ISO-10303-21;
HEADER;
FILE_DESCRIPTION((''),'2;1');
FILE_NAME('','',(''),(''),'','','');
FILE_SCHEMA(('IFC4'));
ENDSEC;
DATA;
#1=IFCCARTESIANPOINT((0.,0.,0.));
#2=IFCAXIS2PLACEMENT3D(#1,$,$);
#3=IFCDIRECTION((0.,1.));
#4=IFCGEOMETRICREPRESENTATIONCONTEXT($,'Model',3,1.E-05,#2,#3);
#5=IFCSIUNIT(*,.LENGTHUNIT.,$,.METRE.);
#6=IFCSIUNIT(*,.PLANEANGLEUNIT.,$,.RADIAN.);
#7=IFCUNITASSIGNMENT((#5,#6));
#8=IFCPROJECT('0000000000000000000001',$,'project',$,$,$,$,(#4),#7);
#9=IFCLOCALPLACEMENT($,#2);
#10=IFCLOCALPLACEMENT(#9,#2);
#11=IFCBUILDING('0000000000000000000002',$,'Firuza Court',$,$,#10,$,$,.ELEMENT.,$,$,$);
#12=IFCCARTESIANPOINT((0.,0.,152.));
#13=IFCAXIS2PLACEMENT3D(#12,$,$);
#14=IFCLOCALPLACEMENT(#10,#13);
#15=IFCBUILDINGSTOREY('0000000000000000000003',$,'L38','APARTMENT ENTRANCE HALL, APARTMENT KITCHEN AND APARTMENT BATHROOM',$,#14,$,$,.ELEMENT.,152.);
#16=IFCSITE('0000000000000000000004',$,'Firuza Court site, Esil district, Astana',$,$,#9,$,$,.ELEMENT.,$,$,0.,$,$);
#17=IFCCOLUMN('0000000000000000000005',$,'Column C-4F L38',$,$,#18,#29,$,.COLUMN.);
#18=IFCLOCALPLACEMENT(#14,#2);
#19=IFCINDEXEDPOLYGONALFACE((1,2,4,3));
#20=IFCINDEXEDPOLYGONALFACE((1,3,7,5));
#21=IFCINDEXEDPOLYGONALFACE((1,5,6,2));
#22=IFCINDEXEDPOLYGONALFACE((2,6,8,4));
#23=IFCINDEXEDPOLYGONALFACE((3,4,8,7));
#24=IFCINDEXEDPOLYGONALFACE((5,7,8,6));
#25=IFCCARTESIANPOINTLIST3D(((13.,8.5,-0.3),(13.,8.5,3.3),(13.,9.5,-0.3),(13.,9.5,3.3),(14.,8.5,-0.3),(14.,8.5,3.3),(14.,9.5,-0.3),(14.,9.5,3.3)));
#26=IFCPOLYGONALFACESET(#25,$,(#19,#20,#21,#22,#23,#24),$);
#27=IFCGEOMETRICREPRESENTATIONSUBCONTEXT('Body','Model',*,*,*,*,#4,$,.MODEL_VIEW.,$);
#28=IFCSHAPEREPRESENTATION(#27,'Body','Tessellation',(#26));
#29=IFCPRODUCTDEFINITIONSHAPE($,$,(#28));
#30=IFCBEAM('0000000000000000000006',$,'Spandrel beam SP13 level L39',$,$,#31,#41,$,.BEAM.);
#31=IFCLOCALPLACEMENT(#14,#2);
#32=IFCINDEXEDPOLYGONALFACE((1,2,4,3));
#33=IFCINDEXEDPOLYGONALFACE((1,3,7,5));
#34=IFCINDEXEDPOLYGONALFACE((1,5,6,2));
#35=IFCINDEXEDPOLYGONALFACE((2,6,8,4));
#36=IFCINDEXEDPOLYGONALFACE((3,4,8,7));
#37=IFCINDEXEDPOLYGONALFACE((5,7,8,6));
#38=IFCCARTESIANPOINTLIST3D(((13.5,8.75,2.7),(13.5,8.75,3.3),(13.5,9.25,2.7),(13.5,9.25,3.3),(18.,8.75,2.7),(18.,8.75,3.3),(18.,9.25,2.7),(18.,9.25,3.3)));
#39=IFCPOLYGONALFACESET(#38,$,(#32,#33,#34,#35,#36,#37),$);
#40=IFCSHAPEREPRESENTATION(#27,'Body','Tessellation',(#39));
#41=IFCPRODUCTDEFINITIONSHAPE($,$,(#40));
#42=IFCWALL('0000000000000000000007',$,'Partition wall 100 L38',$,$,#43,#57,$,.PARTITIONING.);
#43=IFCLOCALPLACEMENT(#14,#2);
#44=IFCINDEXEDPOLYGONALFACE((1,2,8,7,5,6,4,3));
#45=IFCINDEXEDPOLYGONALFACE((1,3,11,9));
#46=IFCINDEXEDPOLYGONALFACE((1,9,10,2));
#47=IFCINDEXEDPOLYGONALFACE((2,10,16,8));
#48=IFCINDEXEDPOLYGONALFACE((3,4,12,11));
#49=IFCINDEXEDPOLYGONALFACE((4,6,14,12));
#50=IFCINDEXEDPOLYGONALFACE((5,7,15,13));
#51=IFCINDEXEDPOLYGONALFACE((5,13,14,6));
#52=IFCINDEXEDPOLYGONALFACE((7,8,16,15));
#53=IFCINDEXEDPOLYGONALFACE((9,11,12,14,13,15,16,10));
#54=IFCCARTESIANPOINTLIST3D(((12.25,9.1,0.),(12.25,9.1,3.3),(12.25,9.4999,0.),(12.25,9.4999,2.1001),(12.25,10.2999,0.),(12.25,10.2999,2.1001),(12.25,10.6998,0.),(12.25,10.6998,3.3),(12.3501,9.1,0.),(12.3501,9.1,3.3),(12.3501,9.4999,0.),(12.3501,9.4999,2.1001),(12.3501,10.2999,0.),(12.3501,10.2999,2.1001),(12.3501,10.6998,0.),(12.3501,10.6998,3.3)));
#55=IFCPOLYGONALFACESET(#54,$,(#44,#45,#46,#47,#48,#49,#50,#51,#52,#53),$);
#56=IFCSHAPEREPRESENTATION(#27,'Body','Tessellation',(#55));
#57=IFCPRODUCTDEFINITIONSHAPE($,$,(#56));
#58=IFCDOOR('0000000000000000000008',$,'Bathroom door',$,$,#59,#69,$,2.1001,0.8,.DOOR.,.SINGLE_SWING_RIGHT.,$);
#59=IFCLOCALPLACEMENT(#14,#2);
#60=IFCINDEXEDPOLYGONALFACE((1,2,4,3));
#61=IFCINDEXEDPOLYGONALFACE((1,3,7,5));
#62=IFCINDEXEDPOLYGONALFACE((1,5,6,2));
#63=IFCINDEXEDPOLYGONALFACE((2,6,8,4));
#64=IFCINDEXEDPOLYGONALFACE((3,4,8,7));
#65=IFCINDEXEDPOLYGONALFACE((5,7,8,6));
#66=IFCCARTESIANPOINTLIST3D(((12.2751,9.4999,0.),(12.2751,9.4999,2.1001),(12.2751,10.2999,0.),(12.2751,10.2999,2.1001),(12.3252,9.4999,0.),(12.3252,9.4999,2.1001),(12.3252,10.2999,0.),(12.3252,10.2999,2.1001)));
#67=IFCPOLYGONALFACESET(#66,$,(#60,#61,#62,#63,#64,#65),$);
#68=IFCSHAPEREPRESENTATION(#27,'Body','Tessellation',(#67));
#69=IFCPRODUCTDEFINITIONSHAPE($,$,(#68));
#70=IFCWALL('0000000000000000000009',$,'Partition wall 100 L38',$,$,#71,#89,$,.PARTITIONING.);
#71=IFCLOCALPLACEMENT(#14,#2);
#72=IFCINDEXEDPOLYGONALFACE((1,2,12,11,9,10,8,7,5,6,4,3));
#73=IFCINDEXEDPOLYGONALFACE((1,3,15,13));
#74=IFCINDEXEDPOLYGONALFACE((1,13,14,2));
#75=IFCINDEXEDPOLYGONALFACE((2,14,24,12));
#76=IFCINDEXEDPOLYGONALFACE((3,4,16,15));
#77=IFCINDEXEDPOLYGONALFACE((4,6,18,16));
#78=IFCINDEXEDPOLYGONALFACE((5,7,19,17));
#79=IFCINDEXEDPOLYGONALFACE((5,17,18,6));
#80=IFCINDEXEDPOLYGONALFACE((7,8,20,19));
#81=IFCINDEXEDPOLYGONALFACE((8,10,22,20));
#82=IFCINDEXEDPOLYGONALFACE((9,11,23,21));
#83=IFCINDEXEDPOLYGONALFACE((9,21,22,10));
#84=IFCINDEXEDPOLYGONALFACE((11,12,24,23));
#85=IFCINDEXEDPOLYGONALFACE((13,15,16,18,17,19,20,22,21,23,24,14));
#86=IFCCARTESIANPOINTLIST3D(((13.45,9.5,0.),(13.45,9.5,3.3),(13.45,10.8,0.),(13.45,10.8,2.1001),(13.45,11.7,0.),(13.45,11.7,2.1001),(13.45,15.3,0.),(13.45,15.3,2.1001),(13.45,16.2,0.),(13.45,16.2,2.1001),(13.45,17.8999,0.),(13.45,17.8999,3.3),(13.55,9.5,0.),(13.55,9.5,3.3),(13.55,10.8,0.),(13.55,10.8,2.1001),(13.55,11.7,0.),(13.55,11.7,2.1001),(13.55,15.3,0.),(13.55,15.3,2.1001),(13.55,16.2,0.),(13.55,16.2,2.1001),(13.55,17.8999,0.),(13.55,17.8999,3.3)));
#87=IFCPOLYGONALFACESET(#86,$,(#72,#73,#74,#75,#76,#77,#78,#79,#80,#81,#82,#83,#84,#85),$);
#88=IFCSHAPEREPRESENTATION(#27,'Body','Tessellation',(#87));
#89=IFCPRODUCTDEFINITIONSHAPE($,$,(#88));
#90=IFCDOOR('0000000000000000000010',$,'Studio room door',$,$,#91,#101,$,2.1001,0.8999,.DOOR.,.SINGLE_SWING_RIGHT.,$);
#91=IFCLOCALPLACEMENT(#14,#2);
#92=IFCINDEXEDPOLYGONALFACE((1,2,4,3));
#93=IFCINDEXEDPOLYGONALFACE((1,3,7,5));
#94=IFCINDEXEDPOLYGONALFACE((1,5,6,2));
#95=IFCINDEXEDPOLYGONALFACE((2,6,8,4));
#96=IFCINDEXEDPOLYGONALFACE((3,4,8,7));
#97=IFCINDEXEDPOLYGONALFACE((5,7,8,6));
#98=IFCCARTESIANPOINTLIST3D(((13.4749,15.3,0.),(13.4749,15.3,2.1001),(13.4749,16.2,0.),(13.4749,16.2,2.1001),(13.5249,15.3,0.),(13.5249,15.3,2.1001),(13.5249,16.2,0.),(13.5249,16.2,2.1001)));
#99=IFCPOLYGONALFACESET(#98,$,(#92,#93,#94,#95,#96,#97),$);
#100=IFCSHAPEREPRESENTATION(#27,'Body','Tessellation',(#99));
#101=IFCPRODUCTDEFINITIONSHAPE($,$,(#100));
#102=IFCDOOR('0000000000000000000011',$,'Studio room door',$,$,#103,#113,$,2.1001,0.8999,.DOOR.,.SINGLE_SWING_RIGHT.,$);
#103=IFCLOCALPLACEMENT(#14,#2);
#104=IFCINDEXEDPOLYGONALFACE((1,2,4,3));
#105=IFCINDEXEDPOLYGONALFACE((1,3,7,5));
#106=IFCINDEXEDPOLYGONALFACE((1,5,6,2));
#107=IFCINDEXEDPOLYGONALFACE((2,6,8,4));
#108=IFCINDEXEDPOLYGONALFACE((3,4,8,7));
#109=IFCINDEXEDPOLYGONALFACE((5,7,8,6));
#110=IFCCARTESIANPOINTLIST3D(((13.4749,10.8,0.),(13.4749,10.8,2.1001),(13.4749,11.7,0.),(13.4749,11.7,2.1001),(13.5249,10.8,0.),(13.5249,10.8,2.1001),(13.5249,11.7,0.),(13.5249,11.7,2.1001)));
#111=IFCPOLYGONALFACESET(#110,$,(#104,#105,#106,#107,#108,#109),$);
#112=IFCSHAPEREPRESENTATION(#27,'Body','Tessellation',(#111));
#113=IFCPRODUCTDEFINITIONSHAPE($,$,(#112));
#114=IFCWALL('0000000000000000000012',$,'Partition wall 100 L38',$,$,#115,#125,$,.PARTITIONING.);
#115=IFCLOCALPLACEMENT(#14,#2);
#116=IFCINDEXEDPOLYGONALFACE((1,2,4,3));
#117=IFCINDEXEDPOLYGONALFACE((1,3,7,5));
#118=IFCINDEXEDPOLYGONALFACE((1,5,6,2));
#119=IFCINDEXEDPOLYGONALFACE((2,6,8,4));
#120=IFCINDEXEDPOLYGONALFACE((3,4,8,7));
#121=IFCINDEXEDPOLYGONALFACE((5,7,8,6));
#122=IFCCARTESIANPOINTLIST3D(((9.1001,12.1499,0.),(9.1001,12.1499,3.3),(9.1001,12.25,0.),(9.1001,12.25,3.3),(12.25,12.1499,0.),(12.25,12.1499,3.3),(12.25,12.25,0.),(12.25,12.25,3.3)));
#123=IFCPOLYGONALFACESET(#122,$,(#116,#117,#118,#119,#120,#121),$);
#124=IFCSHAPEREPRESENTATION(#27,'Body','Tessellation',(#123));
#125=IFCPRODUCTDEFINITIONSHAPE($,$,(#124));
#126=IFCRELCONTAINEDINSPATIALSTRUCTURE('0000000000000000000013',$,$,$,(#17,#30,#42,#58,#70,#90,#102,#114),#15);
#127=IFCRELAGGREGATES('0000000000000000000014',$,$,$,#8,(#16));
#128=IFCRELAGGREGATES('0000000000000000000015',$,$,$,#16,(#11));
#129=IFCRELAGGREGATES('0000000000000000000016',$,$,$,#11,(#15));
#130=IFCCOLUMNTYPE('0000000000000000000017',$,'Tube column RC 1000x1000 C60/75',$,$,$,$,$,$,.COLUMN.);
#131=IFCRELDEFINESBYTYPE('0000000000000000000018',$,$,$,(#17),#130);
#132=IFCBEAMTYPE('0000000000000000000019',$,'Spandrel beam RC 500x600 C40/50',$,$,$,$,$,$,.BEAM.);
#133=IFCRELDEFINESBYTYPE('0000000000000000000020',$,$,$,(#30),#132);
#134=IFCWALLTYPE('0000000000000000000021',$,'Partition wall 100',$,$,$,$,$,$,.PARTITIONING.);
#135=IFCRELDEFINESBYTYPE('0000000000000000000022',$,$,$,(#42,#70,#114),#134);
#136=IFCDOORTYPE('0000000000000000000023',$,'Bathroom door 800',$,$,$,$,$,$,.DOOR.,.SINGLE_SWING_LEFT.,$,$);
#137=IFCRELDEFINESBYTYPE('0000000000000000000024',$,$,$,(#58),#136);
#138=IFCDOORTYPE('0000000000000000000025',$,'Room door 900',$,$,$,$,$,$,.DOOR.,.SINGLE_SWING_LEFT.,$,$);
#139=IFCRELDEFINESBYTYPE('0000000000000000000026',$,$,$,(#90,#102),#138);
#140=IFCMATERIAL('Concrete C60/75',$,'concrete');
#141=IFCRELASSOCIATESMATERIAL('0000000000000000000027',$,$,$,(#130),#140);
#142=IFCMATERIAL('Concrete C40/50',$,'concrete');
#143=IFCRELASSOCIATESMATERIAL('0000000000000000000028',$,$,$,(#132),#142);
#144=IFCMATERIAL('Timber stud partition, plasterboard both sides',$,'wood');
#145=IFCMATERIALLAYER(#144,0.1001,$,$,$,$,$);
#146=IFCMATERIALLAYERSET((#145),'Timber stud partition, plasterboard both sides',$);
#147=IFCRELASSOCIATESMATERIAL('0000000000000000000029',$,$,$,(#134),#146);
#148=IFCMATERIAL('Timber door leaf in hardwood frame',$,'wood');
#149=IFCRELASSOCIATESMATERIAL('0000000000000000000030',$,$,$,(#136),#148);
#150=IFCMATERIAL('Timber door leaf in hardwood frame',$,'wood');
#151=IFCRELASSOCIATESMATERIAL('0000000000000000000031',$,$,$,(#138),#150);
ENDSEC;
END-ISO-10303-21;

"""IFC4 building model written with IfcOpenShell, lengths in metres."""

from ifc_helpers import new_model, si_unit, direction, frame, frame_2d, origin, origin_2d, place, context, subcontext, project, spatial, rectangle, extrude, material, layer, layer_set, material_profile, profile_set, type_object, element, fill, save


model = new_model("IFC4")

# Units and contexts
model_context = context("Model", 3, precision=1e-05, world=origin(), true_north=direction((0.0, 1.0)))
body_context = subcontext(model_context, "Body", "Model", "MODEL_VIEW")
ifc_project = project(units=[si_unit("LENGTHUNIT", "METRE"), si_unit("PLANEANGLEUNIT", "RADIAN")], contexts=[model_context])

# Site, building, storey
site_placement = place(None, origin())
site = spatial("IfcSite", under=ifc_project, at=site_placement, Name="Firuza Court site, Esil district, Astana", CompositionType="ELEMENT", RefElevation=0.0)
building_placement = place(site_placement, origin())
building = spatial("IfcBuilding", under=site, at=building_placement, Name="Firuza Court", CompositionType="ELEMENT")
storey_placement = place(building_placement, frame((0.0, 0.0, 152.0)))
storey = spatial("IfcBuildingStorey", under=building, at=storey_placement, Name="L38", Description="APARTMENT ENTRANCE HALL, APARTMENT KITCHEN AND APARTMENT BATHROOM", CompositionType="ELEMENT", Elevation=152.0)

# Column
ifc_material_1 = material(Name="Concrete C60/75", Category="concrete")
ifc_material_profile_1 = material_profile(ifc_material_1, rectangle(XDim=1.0, YDim=1.0, at=origin_2d()), Name="RC 1000x1000")
ifc_profile_set_1 = profile_set([ifc_material_profile_1], Name="Concrete C60/75")
column_type = type_object("IfcColumnType", Name="Tube column RC 1000x1000 C60/75", PredefinedType="COLUMN", material=ifc_profile_set_1)
column_placement = place(storey_placement, frame((13.5, 9.0, -0.3), z_axis=(0.0, 0.0, 1.0), x_axis=(1.0, 0.0, 0.0)))
element("IfcColumn", 1, at=column_placement, inside=storey, type_object=column_type, Name="Column C-4F L38", PredefinedType="COLUMN", context=body_context, shape_type="SweptSolid", body=[
    extrude(rectangle(XDim=1.0, YDim=1.0, at=origin_2d()), origin(), (0.0, 0.0, 1.0), 3.6001),
])

# Beam
ifc_material_2 = material(Name="Concrete C40/50", Category="concrete")
ifc_material_profile_2 = material_profile(ifc_material_2, rectangle(XDim=0.5, YDim=0.6001, at=origin_2d()), Name="RC 500x600")
ifc_profile_set_2 = profile_set([ifc_material_profile_2], Name="Concrete C40/50")
beam_type = type_object("IfcBeamType", Name="Spandrel beam RC 500x600 C40/50", PredefinedType="BEAM", material=ifc_profile_set_2)
beam_placement = place(storey_placement, frame((13.5, 9.0, 3.0), z_axis=(1.0, 0.0, 0.0), x_axis=(0.0, 1.0, 0.0)))
element("IfcBeam", 2, at=beam_placement, inside=storey, type_object=beam_type, Name="Spandrel beam SP13 level L39", PredefinedType="BEAM", context=body_context, shape_type="SweptSolid", body=[
    extrude(rectangle(XDim=0.5, YDim=0.6001, at=origin_2d()), origin(), (0.0, 0.0, 1.0), 4.5),
])

# Wall, opening, door
ifc_material_3 = material(Name="Timber stud partition, plasterboard both sides", Category="wood")
ifc_layer_1 = layer(ifc_material_3, 0.1001)
ifc_layer_set_1 = layer_set([ifc_layer_1], Name="Timber stud partition, plasterboard both sides")
wall_type_1 = type_object("IfcWallType", Name="Partition wall 100", PredefinedType="PARTITIONING", material=ifc_layer_set_1)
wall_1_placement = place(storey_placement, frame((12.3, 9.1001, 0.0), z_axis=(0.0, 0.0, 1.0), x_axis=(0.0, 1.0, 0.0)))
wall_1 = element("IfcWall", 3, at=wall_1_placement, inside=storey, type_object=wall_type_1, Name="Partition wall 100 L38", PredefinedType="PARTITIONING", context=body_context, shape_type="SweptSolid", body=[
    extrude(rectangle(XDim=1.5999, YDim=0.1001, at=frame_2d((0.7998, 0.0))), origin(), (0.0, 0.0, 1.0), 3.3),
])
opening_1_placement = place(wall_1_placement, frame((0.3999, 0.0, 0.0)))
opening_1 = element("IfcOpeningElement", 4, at=opening_1_placement, cuts=wall_1, PredefinedType="OPENING", context=body_context, shape_type="SweptSolid", body=[
    extrude(rectangle(XDim=0.8, YDim=2.1001, at=frame_2d((0.3999, 1.05))), frame((0.0, 0.062, 0.0), z_axis=(0.0, -1.0, 0.0), x_axis=(1.0, 0.0, 0.0)), (0.0, 0.0, 1.0), 0.124),
])
ifc_material_4 = material(Name="Timber door leaf in hardwood frame", Category="wood")
door_type_1 = type_object("IfcDoorType", Name="Bathroom door 800", OperationType="SINGLE_SWING_LEFT", PredefinedType="DOOR", material=ifc_material_4)
door_1_placement = place(opening_1_placement, origin())
door_1 = element("IfcDoor", 5, at=door_1_placement, inside=storey, type_object=door_type_1, Name="Bathroom door", OperationType="SINGLE_SWING_RIGHT", OverallHeight=2.1001, OverallWidth=0.8, PredefinedType="DOOR", context=body_context, shape_type="SweptSolid", body=[
    extrude(rectangle(XDim=0.8, YDim=2.1001, at=frame_2d((0.3999, 1.05))), frame((0.0, 0.0249, 0.0), z_axis=(0.0, -1.0, 0.0), x_axis=(1.0, 0.0, 0.0)), (0.0, 0.0, 1.0), 0.05),
])
fill(opening_1, door_1)

# Wall, openings, doors
wall_2_placement = place(storey_placement, frame((13.5, 9.5, 0.0), z_axis=(0.0, 0.0, 1.0), x_axis=(0.0, 1.0, 0.0)))
wall_2 = element("IfcWall", 6, at=wall_2_placement, inside=storey, type_object=wall_type_1, Name="Partition wall 100 L38", PredefinedType="PARTITIONING", context=body_context, shape_type="SweptSolid", body=[
    extrude(rectangle(XDim=8.3999, YDim=0.1001, at=frame_2d((4.2, 0.0))), origin(), (0.0, 0.0, 1.0), 3.3),
])
opening_2_placement = place(wall_2_placement, frame((5.8, 0.0, 0.0)))
opening_2 = element("IfcOpeningElement", 7, at=opening_2_placement, cuts=wall_2, PredefinedType="OPENING", context=body_context, shape_type="SweptSolid", body=[
    extrude(rectangle(XDim=0.8999, YDim=2.1001, at=frame_2d((0.45, 1.05))), frame((0.0, 0.062, 0.0), z_axis=(0.0, -1.0, 0.0), x_axis=(1.0, 0.0, 0.0)), (0.0, 0.0, 1.0), 0.124),
])
opening_3_placement = place(wall_2_placement, frame((1.3, 0.0, 0.0)))
opening_3 = element("IfcOpeningElement", 8, at=opening_3_placement, cuts=wall_2, PredefinedType="OPENING", context=body_context, shape_type="SweptSolid", body=[
    extrude(rectangle(XDim=0.8999, YDim=2.1001, at=frame_2d((0.45, 1.05))), frame((0.0, 0.062, 0.0), z_axis=(0.0, -1.0, 0.0), x_axis=(1.0, 0.0, 0.0)), (0.0, 0.0, 1.0), 0.124),
])
ifc_material_5 = material(Name="Timber door leaf in hardwood frame", Category="wood")
door_type_2 = type_object("IfcDoorType", Name="Room door 900", OperationType="SINGLE_SWING_LEFT", PredefinedType="DOOR", material=ifc_material_5)
door_2_placement = place(opening_2_placement, frame((0.8999, 0.0, 0.0), z_axis=(0.0, 0.0, 1.0), x_axis=(-1.0, 0.0, 0.0)))
door_2 = element("IfcDoor", 9, at=door_2_placement, inside=storey, type_object=door_type_2, Name="Studio room door", OperationType="SINGLE_SWING_RIGHT", OverallHeight=2.1001, OverallWidth=0.8999, PredefinedType="DOOR", context=body_context, shape_type="SweptSolid", body=[
    extrude(rectangle(XDim=0.8999, YDim=2.1001, at=frame_2d((0.45, 1.05))), frame((0.0, 0.0249, 0.0), z_axis=(0.0, -1.0, 0.0), x_axis=(1.0, 0.0, 0.0)), (0.0, 0.0, 1.0), 0.05),
])
fill(opening_2, door_2)
door_3_placement = place(opening_3_placement, frame((0.8999, 0.0, 0.0), z_axis=(0.0, 0.0, 1.0), x_axis=(-1.0, 0.0, 0.0)))
door_3 = element("IfcDoor", 10, at=door_3_placement, inside=storey, type_object=door_type_2, Name="Studio room door", OperationType="SINGLE_SWING_RIGHT", OverallHeight=2.1001, OverallWidth=0.8999, PredefinedType="DOOR", context=body_context, shape_type="SweptSolid", body=[
    extrude(rectangle(XDim=0.8999, YDim=2.1001, at=frame_2d((0.45, 1.05))), frame((0.0, 0.0249, 0.0), z_axis=(0.0, -1.0, 0.0), x_axis=(1.0, 0.0, 0.0)), (0.0, 0.0, 1.0), 0.05),
])
fill(opening_3, door_3)

# Wall
wall_3_placement = place(storey_placement, frame((9.1001, 12.2, 0.0), z_axis=(0.0, 0.0, 1.0), x_axis=(1.0, 0.0, 0.0)))
element("IfcWall", 11, at=wall_3_placement, inside=storey, type_object=wall_type_1, Name="Partition wall 100 L38", PredefinedType="PARTITIONING", context=body_context, shape_type="SweptSolid", body=[
    extrude(rectangle(XDim=3.1499, YDim=0.1001, at=frame_2d((1.575, 0.0))), origin(), (0.0, 0.0, 1.0), 3.3),
])

save(model, "model.ifc")
